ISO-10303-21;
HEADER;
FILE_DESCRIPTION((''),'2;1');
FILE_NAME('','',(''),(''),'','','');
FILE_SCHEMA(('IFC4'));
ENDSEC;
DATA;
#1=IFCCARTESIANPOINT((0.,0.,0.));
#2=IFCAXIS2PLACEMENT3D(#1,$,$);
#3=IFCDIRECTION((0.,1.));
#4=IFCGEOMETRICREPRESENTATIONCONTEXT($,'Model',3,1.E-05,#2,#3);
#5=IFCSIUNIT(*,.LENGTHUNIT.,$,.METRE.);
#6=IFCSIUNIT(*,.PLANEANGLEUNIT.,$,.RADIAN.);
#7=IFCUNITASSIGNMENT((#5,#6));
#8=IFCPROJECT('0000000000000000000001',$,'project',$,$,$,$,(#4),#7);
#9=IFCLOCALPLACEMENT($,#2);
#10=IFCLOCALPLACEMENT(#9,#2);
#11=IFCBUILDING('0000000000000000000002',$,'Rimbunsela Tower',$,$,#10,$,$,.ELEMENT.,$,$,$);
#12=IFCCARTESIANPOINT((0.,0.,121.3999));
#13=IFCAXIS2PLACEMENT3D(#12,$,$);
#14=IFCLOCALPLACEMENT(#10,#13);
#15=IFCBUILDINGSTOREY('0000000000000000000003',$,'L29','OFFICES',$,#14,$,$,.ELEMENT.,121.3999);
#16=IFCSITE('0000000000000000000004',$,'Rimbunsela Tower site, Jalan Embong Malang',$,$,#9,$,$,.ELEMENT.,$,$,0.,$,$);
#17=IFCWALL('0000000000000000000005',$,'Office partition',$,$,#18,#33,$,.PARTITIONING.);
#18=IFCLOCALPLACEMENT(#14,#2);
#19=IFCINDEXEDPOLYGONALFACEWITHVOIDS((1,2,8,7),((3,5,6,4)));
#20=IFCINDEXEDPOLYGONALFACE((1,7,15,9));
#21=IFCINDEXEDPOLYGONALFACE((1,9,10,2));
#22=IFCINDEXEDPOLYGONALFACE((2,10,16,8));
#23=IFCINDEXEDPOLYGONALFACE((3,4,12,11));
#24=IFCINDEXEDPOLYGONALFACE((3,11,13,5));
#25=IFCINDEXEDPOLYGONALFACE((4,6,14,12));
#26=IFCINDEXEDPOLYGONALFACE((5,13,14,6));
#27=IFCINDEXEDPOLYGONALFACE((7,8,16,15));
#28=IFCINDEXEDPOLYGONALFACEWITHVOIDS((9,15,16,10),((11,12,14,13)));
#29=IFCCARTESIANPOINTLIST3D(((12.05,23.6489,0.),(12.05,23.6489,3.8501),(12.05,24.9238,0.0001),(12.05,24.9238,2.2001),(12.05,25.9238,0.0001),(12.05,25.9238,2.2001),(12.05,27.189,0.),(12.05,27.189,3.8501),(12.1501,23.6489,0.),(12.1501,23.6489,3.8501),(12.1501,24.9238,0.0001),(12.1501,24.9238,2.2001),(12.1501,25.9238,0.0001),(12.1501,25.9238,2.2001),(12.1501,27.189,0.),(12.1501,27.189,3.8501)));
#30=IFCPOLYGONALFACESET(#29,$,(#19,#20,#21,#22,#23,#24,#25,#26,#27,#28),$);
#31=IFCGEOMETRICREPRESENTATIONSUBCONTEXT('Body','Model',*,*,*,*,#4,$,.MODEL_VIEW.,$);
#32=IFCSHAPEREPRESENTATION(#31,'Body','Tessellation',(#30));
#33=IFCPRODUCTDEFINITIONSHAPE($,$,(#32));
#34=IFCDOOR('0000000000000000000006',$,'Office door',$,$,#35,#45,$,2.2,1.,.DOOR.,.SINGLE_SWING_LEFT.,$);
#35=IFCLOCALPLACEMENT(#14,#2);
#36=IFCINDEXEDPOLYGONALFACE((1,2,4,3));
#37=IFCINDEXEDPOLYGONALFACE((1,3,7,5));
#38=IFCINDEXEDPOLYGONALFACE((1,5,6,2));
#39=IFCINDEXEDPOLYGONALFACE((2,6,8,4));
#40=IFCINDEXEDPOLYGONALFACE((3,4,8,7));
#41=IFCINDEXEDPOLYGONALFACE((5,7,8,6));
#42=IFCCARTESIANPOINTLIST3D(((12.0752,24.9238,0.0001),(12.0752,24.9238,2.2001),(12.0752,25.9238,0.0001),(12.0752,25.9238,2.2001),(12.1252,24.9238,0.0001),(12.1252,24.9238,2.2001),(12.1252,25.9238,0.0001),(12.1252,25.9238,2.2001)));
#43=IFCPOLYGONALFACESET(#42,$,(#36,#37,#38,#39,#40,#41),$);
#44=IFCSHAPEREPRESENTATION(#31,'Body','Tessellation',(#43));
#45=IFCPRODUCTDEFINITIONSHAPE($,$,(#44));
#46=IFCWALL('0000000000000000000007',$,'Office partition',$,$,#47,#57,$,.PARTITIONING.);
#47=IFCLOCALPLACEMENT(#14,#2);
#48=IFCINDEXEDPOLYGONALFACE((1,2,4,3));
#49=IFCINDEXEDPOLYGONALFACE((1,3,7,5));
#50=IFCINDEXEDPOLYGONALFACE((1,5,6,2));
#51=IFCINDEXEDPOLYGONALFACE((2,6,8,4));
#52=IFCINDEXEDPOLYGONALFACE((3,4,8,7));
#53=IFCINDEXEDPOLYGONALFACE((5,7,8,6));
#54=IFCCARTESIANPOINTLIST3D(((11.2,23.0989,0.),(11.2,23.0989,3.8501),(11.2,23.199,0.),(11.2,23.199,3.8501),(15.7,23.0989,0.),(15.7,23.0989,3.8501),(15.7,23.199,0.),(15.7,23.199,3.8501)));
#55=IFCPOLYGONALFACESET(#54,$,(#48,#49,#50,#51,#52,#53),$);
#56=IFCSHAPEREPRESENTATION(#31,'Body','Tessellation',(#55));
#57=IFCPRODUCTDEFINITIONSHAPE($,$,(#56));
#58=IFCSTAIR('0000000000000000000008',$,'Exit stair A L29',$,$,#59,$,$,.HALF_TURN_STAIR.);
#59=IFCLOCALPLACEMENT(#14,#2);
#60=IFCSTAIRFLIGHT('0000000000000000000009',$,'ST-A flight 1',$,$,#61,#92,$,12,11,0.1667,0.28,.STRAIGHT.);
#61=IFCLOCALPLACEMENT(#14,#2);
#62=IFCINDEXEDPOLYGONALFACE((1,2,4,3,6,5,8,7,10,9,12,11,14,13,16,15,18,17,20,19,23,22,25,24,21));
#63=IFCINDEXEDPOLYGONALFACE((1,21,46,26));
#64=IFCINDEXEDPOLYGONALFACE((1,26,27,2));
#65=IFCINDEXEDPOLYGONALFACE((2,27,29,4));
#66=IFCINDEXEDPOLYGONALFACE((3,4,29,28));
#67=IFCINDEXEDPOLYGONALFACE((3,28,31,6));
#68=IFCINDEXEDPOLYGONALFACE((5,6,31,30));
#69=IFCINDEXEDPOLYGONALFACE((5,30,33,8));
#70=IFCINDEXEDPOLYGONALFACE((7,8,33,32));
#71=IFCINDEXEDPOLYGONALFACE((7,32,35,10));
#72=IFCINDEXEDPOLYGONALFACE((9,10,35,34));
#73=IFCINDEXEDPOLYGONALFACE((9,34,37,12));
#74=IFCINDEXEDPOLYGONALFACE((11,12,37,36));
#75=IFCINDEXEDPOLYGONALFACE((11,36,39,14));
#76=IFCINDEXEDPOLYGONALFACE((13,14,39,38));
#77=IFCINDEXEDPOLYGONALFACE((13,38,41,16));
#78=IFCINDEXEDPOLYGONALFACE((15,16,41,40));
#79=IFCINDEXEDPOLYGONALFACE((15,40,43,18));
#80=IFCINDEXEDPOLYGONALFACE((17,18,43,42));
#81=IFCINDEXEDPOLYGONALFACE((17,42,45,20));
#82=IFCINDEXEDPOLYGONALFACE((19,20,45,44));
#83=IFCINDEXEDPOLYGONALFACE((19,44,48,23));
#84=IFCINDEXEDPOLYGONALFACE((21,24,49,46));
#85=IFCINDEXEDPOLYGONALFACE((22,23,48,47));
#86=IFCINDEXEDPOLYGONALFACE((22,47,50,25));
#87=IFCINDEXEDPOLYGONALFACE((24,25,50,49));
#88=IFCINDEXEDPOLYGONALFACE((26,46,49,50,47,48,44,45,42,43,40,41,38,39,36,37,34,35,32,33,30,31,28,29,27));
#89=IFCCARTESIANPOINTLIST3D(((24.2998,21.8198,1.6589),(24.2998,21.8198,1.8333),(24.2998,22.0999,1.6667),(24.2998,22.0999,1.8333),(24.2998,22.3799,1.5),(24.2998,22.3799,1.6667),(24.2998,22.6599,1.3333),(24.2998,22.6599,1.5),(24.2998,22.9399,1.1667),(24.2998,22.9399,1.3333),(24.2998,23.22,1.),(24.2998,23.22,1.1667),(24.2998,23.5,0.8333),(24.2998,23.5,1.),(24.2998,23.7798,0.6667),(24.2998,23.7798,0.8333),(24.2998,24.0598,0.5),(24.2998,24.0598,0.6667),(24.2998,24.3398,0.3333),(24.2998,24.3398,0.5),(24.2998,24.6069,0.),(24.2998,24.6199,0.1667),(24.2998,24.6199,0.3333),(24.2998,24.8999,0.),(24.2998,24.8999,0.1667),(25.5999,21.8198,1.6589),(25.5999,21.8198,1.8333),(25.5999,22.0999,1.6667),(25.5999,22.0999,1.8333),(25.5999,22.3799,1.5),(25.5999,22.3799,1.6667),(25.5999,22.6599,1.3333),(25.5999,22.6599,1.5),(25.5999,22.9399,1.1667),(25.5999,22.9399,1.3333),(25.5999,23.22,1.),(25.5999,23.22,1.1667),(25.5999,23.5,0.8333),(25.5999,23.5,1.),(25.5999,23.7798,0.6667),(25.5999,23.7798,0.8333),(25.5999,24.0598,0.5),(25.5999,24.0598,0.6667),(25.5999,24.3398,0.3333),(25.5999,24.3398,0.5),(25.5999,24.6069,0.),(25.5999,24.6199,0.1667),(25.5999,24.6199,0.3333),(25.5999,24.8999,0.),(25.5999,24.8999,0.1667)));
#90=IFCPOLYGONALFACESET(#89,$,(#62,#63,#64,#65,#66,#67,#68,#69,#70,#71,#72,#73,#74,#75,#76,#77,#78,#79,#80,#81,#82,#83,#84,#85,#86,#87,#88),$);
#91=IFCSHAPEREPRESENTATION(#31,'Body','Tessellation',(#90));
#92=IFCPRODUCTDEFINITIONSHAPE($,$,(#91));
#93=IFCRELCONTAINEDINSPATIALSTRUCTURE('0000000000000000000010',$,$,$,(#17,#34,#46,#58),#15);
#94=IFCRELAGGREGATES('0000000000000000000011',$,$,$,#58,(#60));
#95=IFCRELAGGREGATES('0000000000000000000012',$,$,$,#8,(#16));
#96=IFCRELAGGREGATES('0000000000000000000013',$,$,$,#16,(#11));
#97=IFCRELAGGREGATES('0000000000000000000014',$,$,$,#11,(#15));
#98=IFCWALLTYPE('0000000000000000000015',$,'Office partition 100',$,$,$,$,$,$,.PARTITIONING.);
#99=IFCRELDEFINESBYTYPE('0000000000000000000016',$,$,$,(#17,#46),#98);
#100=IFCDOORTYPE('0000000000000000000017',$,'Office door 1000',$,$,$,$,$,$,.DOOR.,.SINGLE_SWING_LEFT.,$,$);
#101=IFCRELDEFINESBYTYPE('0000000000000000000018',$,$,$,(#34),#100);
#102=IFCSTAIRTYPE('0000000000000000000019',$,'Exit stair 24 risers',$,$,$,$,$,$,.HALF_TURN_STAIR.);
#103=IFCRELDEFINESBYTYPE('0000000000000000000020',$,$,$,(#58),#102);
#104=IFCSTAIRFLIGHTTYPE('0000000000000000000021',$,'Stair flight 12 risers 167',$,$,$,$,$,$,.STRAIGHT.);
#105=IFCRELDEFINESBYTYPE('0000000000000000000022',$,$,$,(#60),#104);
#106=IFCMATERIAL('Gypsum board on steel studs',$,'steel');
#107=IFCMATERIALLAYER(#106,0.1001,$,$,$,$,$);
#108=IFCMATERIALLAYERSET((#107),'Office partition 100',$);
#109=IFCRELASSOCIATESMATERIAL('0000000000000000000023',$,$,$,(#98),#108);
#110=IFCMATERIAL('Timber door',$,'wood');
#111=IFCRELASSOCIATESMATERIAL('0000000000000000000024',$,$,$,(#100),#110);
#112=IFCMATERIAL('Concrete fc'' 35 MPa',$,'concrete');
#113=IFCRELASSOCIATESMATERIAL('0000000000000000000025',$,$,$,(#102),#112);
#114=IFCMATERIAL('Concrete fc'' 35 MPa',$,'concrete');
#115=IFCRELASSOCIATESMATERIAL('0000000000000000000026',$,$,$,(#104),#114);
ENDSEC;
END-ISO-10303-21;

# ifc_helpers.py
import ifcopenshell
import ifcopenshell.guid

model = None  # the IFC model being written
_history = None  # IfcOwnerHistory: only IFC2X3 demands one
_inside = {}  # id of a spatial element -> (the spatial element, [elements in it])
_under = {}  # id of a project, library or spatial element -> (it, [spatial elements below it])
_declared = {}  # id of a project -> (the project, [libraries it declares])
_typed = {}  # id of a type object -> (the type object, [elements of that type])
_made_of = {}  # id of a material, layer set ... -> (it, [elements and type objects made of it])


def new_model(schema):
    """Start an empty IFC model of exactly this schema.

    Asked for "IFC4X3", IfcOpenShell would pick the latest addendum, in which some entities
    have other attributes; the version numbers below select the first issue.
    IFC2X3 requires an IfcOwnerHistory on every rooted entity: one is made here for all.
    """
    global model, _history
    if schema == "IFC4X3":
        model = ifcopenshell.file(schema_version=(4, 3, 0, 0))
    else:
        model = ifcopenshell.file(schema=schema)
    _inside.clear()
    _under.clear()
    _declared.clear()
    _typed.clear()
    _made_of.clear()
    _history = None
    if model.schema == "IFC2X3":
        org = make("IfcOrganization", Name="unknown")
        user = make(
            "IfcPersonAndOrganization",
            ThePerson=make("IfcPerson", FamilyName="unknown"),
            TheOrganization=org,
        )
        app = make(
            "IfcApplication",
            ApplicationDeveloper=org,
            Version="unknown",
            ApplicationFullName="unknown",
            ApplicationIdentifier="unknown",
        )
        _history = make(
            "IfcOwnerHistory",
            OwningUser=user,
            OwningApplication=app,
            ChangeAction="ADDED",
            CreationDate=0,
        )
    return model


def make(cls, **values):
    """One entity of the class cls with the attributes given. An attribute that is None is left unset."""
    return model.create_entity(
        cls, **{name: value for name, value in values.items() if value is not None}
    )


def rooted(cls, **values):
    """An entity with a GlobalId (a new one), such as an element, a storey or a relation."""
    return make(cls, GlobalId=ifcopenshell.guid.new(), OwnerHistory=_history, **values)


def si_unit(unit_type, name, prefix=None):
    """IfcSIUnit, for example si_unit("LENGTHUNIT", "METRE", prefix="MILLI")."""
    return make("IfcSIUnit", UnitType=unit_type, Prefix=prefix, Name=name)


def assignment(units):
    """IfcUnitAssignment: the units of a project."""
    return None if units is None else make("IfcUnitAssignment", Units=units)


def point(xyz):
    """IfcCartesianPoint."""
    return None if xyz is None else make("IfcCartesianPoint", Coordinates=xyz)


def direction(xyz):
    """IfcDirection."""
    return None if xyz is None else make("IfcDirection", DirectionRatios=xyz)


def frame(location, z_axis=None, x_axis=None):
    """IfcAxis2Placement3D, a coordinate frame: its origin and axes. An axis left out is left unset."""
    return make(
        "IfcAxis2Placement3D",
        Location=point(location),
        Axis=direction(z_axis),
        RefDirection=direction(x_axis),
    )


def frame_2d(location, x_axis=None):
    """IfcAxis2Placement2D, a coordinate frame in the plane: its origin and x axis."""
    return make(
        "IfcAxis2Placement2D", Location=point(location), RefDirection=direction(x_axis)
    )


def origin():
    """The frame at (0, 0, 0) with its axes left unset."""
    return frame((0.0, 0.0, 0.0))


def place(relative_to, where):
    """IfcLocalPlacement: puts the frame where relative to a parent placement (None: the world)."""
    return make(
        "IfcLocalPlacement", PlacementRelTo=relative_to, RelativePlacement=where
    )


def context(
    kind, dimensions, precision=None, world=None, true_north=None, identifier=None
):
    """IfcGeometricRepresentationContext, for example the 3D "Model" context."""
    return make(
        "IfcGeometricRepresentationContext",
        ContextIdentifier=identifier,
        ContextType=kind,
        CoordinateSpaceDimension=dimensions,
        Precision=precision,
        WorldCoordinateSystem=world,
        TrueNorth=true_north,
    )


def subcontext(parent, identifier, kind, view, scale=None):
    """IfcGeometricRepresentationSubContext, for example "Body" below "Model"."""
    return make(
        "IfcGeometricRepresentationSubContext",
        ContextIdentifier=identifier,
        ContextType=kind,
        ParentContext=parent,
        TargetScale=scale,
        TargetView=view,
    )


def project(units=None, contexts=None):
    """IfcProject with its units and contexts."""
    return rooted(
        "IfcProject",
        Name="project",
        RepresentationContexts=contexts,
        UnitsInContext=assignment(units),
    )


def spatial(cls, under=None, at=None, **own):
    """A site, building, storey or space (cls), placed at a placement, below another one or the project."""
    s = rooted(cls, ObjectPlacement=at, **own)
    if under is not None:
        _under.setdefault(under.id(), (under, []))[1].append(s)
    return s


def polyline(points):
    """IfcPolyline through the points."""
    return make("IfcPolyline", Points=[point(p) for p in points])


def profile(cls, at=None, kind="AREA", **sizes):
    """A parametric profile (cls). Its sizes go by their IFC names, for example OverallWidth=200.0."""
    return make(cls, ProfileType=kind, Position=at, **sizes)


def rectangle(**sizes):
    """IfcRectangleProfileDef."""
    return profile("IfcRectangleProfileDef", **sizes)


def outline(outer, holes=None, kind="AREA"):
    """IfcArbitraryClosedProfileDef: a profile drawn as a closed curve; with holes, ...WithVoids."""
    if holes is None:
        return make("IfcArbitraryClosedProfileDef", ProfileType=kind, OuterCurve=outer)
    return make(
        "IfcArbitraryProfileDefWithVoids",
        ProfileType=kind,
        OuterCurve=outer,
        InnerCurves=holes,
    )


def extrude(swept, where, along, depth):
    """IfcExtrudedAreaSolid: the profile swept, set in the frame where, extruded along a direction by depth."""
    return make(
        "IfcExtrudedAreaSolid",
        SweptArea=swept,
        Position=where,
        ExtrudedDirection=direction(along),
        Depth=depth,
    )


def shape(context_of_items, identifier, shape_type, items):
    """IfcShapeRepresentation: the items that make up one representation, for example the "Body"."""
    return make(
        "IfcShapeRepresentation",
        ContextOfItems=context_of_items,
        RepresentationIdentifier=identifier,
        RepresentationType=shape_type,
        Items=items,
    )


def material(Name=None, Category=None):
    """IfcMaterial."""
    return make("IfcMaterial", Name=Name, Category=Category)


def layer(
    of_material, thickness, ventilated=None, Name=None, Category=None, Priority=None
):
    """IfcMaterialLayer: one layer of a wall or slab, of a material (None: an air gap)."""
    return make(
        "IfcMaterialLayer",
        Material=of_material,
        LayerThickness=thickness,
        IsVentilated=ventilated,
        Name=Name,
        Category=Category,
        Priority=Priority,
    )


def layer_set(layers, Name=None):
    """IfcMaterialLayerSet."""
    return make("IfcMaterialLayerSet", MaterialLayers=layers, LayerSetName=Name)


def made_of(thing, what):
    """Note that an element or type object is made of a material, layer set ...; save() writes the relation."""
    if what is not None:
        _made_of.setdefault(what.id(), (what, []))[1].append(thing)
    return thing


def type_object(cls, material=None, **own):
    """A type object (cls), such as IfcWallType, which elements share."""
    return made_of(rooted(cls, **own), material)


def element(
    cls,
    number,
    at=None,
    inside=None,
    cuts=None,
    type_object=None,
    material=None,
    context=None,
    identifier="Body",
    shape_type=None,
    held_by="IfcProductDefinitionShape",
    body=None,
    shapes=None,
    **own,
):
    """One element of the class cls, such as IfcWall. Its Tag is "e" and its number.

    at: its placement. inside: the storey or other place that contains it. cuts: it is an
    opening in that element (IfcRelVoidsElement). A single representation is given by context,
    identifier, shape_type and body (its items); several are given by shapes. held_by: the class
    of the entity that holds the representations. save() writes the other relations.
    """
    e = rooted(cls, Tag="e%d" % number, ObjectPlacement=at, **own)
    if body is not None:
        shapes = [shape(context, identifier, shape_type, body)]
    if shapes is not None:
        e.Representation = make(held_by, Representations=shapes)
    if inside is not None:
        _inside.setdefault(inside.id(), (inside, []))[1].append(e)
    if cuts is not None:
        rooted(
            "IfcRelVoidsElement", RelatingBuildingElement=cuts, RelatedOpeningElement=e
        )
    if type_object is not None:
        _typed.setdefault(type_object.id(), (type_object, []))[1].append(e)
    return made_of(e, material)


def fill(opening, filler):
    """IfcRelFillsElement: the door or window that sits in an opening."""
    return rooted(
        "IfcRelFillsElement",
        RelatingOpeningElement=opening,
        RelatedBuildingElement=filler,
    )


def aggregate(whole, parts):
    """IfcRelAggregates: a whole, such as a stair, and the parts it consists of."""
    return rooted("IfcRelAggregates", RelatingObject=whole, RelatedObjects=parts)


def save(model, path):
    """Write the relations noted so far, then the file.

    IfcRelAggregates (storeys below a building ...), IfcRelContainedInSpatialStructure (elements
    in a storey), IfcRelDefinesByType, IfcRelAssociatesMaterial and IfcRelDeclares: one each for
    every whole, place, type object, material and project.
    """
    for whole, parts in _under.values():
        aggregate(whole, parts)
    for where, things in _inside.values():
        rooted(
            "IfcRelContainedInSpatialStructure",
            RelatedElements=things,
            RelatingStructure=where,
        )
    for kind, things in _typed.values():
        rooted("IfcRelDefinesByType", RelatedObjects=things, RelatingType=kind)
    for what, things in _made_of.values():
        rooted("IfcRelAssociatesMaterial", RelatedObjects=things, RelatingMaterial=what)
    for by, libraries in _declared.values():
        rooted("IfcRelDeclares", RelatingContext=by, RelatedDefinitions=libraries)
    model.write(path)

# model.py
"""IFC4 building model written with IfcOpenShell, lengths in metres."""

from ifc_helpers import new_model, si_unit, direction, frame, frame_2d, origin, place, context, subcontext, project, spatial, polyline, rectangle, outline, extrude, material, layer, layer_set, type_object, element, fill, aggregate, save


model = new_model("IFC4")

# Units and contexts
model_context = context("Model", 3, precision=1e-05, world=origin(), true_north=direction((0.0, 1.0)))
body_context = subcontext(model_context, "Body", "Model", "MODEL_VIEW")
ifc_project = project(units=[si_unit("LENGTHUNIT", "METRE"), si_unit("PLANEANGLEUNIT", "RADIAN")], contexts=[model_context])

# Site, building, storey
site_placement = place(None, origin())
site = spatial("IfcSite", under=ifc_project, at=site_placement, Name="Rimbunsela Tower site, Jalan Embong Malang", CompositionType="ELEMENT", RefElevation=0.0)
building_placement = place(site_placement, origin())
building = spatial("IfcBuilding", under=site, at=building_placement, Name="Rimbunsela Tower", CompositionType="ELEMENT")
storey_placement = place(building_placement, frame((0.0, 0.0, 121.3999)))
storey = spatial("IfcBuildingStorey", under=building, at=storey_placement, Name="L29", Description="OFFICES", CompositionType="ELEMENT", Elevation=121.3999)

# Wall, opening, door
ifc_material_1 = material(Name="Gypsum board on steel studs", Category="steel")
ifc_layer_1 = layer(ifc_material_1, 0.1001)
ifc_layer_set_1 = layer_set([ifc_layer_1], Name="Office partition 100")
wall_type_1 = type_object("IfcWallType", Name="Office partition 100", PredefinedType="PARTITIONING", material=ifc_layer_set_1)
wall_1_placement = place(storey_placement, frame((12.1001, 23.6489, 0.0), z_axis=(0.0, 0.0, 1.0), x_axis=(0.0, 1.0, 0.0)))
wall_1 = element("IfcWall", 1, at=wall_1_placement, inside=storey, type_object=wall_type_1, Name="Office partition", PredefinedType="PARTITIONING", context=body_context, shape_type="SweptSolid", body=[
    extrude(rectangle(XDim=3.54, YDim=0.1001, at=frame_2d((1.77, 0.0))), origin(), (0.0, 0.0, 1.0), 3.8501),
])
opening_1_placement = place(wall_1_placement, frame((1.2749, 0.0, 0.0)))
opening_1 = element("IfcOpeningElement", 2, at=opening_1_placement, cuts=wall_1, PredefinedType="OPENING", context=body_context, shape_type="SweptSolid", body=[
    extrude(rectangle(XDim=1.0, YDim=2.2, at=frame_2d((0.5, 1.1001))), frame((0.0, 0.0601, 0.0), z_axis=(0.0, -1.0, 0.0), x_axis=(1.0, 0.0, 0.0)), (0.0, 0.0, 1.0), 0.1201),
])
ifc_material_2 = material(Name="Timber door", Category="wood")
door_type_1 = type_object("IfcDoorType", Name="Office door 1000", OperationType="SINGLE_SWING_LEFT", PredefinedType="DOOR", material=ifc_material_2)
door_1_placement = place(opening_1_placement, origin())
door_1 = element("IfcDoor", 3, at=door_1_placement, inside=storey, type_object=door_type_1, Name="Office door", OperationType="SINGLE_SWING_LEFT", OverallHeight=2.2, OverallWidth=1.0, PredefinedType="DOOR", context=body_context, shape_type="SweptSolid", body=[
    extrude(rectangle(XDim=1.0, YDim=2.2, at=frame_2d((0.5, 1.1001))), frame((0.0, 0.0249, 0.0), z_axis=(0.0, -1.0, 0.0), x_axis=(1.0, 0.0, 0.0)), (0.0, 0.0, 1.0), 0.05),
])
fill(opening_1, door_1)

# Wall
wall_2_placement = place(storey_placement, frame((15.7, 23.1489, 0.0), z_axis=(0.0, 0.0, 1.0), x_axis=(-1.0, 0.0, 0.0)))
element("IfcWall", 4, at=wall_2_placement, inside=storey, type_object=wall_type_1, Name="Office partition", PredefinedType="PARTITIONING", context=body_context, shape_type="SweptSolid", body=[
    extrude(rectangle(XDim=4.5, YDim=0.1001, at=frame_2d((2.25, 0.0))), origin(), (0.0, 0.0, 1.0), 3.8501),
])

# Stair, stair flight
ifc_material_3 = material(Name="Concrete fc' 35 MPa", Category="concrete")
stair_type = type_object("IfcStairType", Name="Exit stair 24 risers", PredefinedType="HALF_TURN_STAIR", material=ifc_material_3)
stair_placement = place(storey_placement, origin())
stair = element("IfcStair", 5, at=stair_placement, inside=storey, type_object=stair_type, Name="Exit stair A L29", PredefinedType="HALF_TURN_STAIR")
ifc_material_4 = material(Name="Concrete fc' 35 MPa", Category="concrete")
stair_flight_type = type_object("IfcStairFlightType", Name="Stair flight 12 risers 167", PredefinedType="STRAIGHT", material=ifc_material_4)
stair_flight_placement = place(storey_placement, frame((24.95, 24.8999, 0.0), z_axis=(0.0, 0.0, 1.0), x_axis=(0.0, -1.0, 0.0)))
stair_flight = element("IfcStairFlight", 6, at=stair_flight_placement, type_object=stair_flight_type, Name="ST-A flight 1", NumberOfRisers=12, NumberOfTreads=11, PredefinedType="STRAIGHT", RiserHeight=0.1667, TreadLength=0.28, context=body_context, shape_type="SweptSolid", body=[
    extrude(outline(polyline([(0.0, 0.0), (0.0, 0.1667), (0.28, 0.1667), (0.28, 0.3333), (0.5601, 0.3333), (0.5601, 0.5), (0.8401, 0.5), (0.8401, 0.6667), (1.1201, 0.6667), (1.1201, 0.8333), (1.3999, 0.8333), (1.3999, 1.0), (1.6799, 1.0), (1.6799, 1.1667), (1.96, 1.1667), (1.96, 1.3333), (2.24, 1.3333), (2.24, 1.5), (2.52, 1.5), (2.52, 1.6667), (2.8, 1.6667), (2.8, 1.8333), (3.0801, 1.8333), (3.0801, 2.0), (3.0801, 1.6589), (0.293, 0.0), (0.0, 0.0)])), frame((0.0, 0.6499, 0.0), z_axis=(0.0, -1.0, 0.0), x_axis=(1.0, 0.0, 0.0)), (0.0, 0.0, 1.0), 1.3),
])
aggregate(stair, [stair_flight])

save(model, "model.ifc")
